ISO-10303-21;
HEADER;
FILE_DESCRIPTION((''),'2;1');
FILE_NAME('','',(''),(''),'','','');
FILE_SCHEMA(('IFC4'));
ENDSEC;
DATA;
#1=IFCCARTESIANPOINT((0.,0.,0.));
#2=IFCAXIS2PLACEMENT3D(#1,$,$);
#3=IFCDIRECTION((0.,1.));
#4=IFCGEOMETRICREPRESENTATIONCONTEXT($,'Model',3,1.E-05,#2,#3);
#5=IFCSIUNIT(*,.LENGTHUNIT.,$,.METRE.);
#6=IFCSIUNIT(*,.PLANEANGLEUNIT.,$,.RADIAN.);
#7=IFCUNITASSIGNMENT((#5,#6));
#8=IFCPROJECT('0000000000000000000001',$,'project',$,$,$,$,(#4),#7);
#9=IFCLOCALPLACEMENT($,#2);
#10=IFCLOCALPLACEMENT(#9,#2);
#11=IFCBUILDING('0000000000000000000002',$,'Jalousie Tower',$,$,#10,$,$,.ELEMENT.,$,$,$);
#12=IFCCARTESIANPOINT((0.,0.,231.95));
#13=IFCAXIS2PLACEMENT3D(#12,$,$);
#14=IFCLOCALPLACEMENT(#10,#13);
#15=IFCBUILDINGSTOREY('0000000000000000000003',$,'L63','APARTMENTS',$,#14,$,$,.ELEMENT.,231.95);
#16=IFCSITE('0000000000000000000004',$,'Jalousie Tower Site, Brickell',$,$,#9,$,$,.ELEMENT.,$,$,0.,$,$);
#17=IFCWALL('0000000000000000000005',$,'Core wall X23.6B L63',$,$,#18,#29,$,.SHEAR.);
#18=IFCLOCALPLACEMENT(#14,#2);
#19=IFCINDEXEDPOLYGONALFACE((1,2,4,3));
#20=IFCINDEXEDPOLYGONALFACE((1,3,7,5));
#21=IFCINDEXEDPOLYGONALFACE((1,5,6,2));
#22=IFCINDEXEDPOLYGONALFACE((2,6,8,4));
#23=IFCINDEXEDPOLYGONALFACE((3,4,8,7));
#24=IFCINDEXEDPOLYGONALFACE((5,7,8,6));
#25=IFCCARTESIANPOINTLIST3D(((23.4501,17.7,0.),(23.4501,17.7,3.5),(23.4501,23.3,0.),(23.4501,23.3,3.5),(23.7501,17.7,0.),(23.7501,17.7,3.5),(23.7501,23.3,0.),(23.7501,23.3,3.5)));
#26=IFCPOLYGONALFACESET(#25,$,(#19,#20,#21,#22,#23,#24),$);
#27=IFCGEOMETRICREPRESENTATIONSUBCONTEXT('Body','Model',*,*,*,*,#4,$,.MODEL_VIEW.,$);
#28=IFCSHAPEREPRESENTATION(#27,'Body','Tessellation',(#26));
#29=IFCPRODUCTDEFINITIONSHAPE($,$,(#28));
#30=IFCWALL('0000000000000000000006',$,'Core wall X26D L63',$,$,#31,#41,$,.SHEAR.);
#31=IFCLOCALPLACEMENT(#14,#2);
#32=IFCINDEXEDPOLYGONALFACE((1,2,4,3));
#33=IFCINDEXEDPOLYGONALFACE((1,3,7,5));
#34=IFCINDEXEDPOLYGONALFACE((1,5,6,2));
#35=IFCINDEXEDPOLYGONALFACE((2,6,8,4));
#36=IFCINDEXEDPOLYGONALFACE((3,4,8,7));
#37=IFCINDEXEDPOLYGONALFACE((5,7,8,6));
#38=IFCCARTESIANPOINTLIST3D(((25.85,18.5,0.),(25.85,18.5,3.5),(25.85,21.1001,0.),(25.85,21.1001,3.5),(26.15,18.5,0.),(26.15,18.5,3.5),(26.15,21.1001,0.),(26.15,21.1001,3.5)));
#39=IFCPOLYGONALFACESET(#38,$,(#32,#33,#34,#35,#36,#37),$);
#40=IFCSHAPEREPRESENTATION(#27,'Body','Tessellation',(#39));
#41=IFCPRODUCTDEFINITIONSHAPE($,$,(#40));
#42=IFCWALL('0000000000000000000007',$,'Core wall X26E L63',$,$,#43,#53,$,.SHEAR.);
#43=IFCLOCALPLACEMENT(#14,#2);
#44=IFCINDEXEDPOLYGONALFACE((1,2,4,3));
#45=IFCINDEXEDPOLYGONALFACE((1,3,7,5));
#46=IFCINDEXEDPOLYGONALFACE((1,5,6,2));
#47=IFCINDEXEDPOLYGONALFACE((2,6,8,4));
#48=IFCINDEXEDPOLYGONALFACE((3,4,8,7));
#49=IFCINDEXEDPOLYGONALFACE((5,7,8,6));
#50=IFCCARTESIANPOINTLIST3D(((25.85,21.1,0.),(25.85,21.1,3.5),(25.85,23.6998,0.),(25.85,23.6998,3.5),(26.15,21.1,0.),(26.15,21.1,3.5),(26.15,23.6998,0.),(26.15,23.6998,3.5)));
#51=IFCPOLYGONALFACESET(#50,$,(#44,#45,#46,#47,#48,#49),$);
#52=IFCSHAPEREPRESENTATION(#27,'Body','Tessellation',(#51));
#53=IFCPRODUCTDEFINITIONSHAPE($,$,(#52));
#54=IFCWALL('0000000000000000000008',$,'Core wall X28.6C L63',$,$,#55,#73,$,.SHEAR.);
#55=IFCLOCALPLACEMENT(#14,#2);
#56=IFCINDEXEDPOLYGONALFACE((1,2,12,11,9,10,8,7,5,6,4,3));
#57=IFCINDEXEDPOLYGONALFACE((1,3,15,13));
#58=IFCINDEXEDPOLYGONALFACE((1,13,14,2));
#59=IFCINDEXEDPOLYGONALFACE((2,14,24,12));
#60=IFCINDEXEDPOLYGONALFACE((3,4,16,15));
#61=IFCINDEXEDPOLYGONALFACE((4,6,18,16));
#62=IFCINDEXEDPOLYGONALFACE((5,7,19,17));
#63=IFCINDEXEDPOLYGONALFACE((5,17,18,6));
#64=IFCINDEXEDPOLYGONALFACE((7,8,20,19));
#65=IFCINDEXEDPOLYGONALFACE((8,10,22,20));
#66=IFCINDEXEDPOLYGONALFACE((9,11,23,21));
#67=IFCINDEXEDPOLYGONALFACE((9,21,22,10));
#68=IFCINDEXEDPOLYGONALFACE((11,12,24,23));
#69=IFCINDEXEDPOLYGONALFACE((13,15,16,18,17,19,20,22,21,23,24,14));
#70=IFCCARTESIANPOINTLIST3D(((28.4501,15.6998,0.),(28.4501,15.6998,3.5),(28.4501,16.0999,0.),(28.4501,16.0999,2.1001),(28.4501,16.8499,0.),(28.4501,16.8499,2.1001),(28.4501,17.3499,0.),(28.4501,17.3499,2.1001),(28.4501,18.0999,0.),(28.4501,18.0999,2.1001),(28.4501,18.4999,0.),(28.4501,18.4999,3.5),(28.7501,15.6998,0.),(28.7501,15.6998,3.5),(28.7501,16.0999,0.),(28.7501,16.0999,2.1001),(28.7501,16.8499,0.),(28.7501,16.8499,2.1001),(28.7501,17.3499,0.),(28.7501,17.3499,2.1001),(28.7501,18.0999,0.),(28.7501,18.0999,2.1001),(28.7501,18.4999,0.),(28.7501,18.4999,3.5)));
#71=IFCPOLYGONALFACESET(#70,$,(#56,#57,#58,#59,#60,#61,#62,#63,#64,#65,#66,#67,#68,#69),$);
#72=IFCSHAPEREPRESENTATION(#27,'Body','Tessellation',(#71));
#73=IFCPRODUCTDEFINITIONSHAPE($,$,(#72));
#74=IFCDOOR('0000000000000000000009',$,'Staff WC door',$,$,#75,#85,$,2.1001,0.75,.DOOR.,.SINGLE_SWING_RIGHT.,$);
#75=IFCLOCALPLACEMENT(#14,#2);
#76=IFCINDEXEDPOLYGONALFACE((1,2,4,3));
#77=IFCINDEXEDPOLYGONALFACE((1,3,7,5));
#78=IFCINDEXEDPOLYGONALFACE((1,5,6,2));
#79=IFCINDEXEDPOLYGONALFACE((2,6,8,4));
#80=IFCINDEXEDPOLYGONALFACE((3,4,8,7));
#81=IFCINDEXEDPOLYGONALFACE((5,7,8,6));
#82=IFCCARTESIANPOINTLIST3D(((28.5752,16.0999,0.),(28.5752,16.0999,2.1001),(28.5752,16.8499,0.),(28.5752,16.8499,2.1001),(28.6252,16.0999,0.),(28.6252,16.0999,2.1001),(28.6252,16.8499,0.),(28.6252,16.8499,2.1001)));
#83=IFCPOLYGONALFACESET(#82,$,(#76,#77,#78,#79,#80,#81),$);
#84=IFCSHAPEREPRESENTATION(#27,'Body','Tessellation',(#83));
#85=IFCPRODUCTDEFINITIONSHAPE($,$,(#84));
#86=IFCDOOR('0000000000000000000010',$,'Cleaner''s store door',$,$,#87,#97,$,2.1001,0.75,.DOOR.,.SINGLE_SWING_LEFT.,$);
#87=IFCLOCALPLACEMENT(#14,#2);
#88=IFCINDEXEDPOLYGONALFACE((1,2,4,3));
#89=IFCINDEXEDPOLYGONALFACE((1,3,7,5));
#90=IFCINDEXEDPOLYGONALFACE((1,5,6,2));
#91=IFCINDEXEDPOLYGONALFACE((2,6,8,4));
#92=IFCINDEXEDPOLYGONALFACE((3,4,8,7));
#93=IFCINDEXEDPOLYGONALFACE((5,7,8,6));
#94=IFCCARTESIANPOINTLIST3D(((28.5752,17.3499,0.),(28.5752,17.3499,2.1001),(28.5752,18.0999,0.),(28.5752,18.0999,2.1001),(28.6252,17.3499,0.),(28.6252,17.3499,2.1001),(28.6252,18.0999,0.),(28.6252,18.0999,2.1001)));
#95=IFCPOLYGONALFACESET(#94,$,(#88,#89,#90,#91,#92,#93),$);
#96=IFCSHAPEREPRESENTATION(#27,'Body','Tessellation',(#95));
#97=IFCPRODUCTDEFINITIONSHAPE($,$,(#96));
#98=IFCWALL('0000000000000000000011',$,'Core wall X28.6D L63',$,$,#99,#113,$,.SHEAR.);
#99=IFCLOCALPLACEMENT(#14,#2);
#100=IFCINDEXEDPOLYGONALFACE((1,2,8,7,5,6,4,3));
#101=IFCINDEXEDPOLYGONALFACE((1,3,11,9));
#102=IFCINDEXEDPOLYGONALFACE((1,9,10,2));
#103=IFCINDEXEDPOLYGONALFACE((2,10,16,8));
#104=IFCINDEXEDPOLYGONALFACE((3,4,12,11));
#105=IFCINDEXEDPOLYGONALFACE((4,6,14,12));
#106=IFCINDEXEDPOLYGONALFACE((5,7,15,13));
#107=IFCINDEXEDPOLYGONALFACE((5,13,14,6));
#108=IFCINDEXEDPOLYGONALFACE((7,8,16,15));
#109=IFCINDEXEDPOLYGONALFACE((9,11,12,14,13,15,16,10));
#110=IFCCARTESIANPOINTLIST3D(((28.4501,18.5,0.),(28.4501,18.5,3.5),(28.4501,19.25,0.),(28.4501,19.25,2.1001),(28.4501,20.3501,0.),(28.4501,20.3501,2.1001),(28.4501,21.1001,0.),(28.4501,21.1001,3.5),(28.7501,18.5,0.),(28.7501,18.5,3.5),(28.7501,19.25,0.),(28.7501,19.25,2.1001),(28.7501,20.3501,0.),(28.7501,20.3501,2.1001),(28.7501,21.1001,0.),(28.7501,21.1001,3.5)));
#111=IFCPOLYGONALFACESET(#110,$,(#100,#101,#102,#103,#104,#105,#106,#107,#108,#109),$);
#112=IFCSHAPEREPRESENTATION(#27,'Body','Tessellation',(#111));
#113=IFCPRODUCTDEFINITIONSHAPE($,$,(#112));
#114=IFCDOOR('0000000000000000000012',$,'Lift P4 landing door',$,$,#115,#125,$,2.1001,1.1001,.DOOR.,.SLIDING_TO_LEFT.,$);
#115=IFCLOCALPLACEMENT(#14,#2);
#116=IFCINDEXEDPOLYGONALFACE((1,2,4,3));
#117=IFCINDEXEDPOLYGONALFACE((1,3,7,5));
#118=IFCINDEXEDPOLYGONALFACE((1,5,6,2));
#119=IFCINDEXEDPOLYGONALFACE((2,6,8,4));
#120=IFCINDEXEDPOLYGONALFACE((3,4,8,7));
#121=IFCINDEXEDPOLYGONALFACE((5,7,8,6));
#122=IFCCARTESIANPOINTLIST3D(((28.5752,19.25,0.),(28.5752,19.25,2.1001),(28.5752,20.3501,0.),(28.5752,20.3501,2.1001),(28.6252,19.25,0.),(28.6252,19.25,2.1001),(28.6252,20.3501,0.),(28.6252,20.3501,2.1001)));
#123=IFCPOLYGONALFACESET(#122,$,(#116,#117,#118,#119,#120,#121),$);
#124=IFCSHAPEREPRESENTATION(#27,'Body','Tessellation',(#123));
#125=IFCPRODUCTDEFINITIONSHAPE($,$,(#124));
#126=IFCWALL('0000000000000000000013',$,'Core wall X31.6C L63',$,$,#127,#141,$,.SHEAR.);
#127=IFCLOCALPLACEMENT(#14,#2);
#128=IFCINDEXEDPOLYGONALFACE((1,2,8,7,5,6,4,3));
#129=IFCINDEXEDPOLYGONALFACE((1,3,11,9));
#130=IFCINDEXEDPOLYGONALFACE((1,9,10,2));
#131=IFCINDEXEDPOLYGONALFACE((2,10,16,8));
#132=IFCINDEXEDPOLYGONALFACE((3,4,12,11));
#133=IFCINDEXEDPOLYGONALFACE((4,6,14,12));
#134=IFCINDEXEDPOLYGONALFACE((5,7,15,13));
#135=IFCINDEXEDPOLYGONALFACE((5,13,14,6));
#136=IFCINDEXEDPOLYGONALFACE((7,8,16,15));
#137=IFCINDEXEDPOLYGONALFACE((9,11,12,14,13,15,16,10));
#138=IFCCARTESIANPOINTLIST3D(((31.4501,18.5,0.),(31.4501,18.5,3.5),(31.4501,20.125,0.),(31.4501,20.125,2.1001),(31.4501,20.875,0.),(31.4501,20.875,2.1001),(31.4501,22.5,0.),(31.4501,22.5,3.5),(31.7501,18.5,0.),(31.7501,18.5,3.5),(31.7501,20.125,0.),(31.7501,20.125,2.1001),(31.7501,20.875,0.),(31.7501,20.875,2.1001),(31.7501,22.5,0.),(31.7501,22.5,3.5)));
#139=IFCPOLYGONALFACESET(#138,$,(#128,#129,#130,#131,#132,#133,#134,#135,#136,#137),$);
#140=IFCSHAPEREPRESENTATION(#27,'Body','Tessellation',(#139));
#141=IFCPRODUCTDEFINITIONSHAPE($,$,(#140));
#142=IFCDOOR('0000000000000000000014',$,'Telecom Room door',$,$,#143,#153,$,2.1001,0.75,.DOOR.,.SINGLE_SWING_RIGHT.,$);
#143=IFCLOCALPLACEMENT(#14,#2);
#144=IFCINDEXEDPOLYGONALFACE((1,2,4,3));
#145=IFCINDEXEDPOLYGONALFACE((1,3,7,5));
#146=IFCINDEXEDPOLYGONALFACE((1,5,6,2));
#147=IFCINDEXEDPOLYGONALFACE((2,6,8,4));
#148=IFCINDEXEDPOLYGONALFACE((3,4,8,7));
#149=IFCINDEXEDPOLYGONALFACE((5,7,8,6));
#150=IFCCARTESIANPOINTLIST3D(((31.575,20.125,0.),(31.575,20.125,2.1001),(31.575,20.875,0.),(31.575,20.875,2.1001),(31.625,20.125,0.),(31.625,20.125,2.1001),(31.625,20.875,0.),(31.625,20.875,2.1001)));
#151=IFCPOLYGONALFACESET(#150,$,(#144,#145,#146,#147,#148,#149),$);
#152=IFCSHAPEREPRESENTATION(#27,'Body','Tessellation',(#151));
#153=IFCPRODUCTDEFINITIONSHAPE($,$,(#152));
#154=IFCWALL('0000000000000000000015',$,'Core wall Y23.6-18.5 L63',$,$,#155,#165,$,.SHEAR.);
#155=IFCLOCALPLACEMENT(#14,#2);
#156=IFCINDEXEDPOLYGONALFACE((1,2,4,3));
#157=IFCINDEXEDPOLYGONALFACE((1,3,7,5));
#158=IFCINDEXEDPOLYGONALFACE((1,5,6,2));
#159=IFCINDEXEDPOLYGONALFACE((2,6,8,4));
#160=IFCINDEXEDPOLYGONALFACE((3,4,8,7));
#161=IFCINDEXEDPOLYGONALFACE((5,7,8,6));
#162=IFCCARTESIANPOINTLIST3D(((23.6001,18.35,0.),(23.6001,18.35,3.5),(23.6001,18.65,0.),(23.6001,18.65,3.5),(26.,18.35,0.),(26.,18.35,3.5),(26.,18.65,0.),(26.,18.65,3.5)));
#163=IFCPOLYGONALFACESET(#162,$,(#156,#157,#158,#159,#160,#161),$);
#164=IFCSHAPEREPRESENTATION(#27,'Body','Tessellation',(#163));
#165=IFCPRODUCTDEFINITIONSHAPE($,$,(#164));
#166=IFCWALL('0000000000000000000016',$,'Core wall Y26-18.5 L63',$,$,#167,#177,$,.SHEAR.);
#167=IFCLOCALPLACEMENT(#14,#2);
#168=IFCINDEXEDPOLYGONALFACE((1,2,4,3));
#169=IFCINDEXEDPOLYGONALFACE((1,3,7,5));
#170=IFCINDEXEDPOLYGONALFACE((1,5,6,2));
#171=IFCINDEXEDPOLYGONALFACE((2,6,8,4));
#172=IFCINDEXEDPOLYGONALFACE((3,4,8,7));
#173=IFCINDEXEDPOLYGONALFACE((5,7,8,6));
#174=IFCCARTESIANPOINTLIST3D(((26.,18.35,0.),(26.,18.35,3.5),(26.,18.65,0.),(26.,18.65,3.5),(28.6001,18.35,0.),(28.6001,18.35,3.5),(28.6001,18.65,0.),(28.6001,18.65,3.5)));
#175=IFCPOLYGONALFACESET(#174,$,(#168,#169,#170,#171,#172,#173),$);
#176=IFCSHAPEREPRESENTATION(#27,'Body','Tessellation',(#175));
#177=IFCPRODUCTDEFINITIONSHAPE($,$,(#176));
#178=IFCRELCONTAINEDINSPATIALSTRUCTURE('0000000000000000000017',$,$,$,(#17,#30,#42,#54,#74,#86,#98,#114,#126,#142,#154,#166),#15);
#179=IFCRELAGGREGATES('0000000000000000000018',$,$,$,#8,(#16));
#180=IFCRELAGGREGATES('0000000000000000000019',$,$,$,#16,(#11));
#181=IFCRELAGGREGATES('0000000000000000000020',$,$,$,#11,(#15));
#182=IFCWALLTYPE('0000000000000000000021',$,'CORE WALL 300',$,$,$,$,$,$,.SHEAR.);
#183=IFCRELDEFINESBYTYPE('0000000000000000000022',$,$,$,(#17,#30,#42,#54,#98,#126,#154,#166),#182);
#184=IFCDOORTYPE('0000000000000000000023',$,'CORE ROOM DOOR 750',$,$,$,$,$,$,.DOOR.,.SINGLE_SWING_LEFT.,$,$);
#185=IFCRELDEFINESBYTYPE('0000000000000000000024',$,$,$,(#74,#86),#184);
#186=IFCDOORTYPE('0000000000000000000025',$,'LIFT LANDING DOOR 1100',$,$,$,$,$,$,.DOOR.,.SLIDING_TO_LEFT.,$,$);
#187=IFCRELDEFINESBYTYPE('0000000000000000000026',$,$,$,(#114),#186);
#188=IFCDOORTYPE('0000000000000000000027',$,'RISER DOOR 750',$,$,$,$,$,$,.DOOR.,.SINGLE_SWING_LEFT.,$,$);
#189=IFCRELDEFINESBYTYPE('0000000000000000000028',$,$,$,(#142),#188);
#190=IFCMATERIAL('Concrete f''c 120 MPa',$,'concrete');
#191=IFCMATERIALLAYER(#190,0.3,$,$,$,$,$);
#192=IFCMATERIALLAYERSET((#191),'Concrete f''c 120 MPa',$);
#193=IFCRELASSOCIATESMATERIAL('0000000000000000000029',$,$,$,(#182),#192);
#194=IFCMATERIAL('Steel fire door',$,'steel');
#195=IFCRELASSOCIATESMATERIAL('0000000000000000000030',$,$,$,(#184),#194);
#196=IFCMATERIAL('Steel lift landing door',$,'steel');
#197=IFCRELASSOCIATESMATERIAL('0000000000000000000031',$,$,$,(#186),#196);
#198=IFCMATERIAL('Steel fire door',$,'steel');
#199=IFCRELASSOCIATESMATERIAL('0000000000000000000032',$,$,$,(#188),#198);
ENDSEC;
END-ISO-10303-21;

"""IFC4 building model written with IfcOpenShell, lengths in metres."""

from ifc_helpers import new_model, si_unit, direction, frame, frame_2d, origin, place, context, subcontext, project, spatial, rectangle, extrude, material, layer, layer_set, type_object, element, fill, save


model = new_model("IFC4")

# Units and contexts
model_context = context("Model", 3, precision=1e-05, world=origin(), true_north=direction((0.0, 1.0)))
body_context = subcontext(model_context, "Body", "Model", "MODEL_VIEW")
ifc_project = project(units=[si_unit("LENGTHUNIT", "METRE"), si_unit("PLANEANGLEUNIT", "RADIAN")], contexts=[model_context])

# Site, building, storey
site_placement = place(None, origin())
site = spatial("IfcSite", under=ifc_project, at=site_placement, Name="Jalousie Tower Site, Brickell", CompositionType="ELEMENT", RefElevation=0.0)
building_placement = place(site_placement, origin())
building = spatial("IfcBuilding", under=site, at=building_placement, Name="Jalousie Tower", CompositionType="ELEMENT")
storey_placement = place(building_placement, frame((0.0, 0.0, 231.95)))
storey = spatial("IfcBuildingStorey", under=building, at=storey_placement, Name="L63", Description="APARTMENTS", CompositionType="ELEMENT", Elevation=231.95)

# Walls
ifc_material_1 = material(Name="Concrete f'c 120 MPa", Category="concrete")
ifc_layer = layer(ifc_material_1, 0.3)
ifc_layer_set = layer_set([ifc_layer], Name="Concrete f'c 120 MPa")
wall_type_1 = type_object("IfcWallType", Name="CORE WALL 300", PredefinedType="SHEAR", material=ifc_layer_set)
wall_1_placement = place(storey_placement, frame((23.6001, 17.7, 0.0), z_axis=(0.0, 0.0, 1.0), x_axis=(0.0, 1.0, 0.0)))
element("IfcWall", 1, at=wall_1_placement, inside=storey, type_object=wall_type_1, Name="Core wall X23.6B L63", PredefinedType="SHEAR", context=body_context, shape_type="SweptSolid", body=[
    extrude(rectangle(XDim=5.6001, YDim=0.3, at=frame_2d((2.8, 0.0))), origin(), (0.0, 0.0, 1.0), 3.5),
])
wall_2_placement = place(storey_placement, frame((26.0, 18.5, 0.0), z_axis=(0.0, 0.0, 1.0), x_axis=(0.0, 1.0, 0.0)))
element("IfcWall", 2, at=wall_2_placement, inside=storey, type_object=wall_type_1, Name="Core wall X26D L63", PredefinedType="SHEAR", context=body_context, shape_type="SweptSolid", body=[
    extrude(rectangle(XDim=2.6001, YDim=0.3, at=frame_2d((1.3, 0.0))), origin(), (0.0, 0.0, 1.0), 3.5),
])
wall_3_placement = place(storey_placement, frame((26.0, 21.1001, 0.0), z_axis=(0.0, 0.0, 1.0), x_axis=(0.0, 1.0, 0.0)))
element("IfcWall", 3, at=wall_3_placement, inside=storey, type_object=wall_type_1, Name="Core wall X26E L63", PredefinedType="SHEAR", context=body_context, shape_type="SweptSolid", body=[
    extrude(rectangle(XDim=2.5999, YDim=0.3, at=frame_2d((1.2998, 0.0))), origin(), (0.0, 0.0, 1.0), 3.5),
])

# Wall, openings, doors
wall_4_placement = place(storey_placement, frame((28.6001, 15.7, 0.0), z_axis=(0.0, 0.0, 1.0), x_axis=(0.0, 1.0, 0.0)))
wall_4 = element("IfcWall", 4, at=wall_4_placement, inside=storey, type_object=wall_type_1, Name="Core wall X28.6C L63", PredefinedType="SHEAR", context=body_context, shape_type="SweptSolid", body=[
    extrude(rectangle(XDim=2.8, YDim=0.3, at=frame_2d((1.3999, 0.0))), origin(), (0.0, 0.0, 1.0), 3.5),
])
opening_1_placement = place(wall_4_placement, frame((0.3999, 0.0, 0.0)))
opening_1 = element("IfcOpeningElement", 5, at=opening_1_placement, cuts=wall_4, PredefinedType="OPENING", context=body_context, shape_type="SweptSolid", body=[
    extrude(rectangle(XDim=0.75, YDim=2.1001, at=frame_2d((0.375, 1.05))), frame((0.0, 0.1599, 0.0), z_axis=(0.0, -1.0, 0.0), x_axis=(1.0, 0.0, 0.0)), (0.0, 0.0, 1.0), 0.3201),
])
opening_2_placement = place(wall_4_placement, frame((1.6499, 0.0, 0.0)))
opening_2 = element("IfcOpeningElement", 6, at=opening_2_placement, cuts=wall_4, PredefinedType="OPENING", context=body_context, shape_type="SweptSolid", body=[
    extrude(rectangle(XDim=0.75, YDim=2.1001, at=frame_2d((0.375, 1.05))), frame((0.0, 0.1599, 0.0), z_axis=(0.0, -1.0, 0.0), x_axis=(1.0, 0.0, 0.0)), (0.0, 0.0, 1.0), 0.3201),
])
ifc_material_2 = material(Name="Steel fire door", Category="steel")
door_type_1 = type_object("IfcDoorType", Name="CORE ROOM DOOR 750", OperationType="SINGLE_SWING_LEFT", PredefinedType="DOOR", material=ifc_material_2)
door_1_placement = place(opening_1_placement, origin())
door_1 = element("IfcDoor", 7, at=door_1_placement, inside=storey, type_object=door_type_1, Name="Staff WC door", OperationType="SINGLE_SWING_RIGHT", OverallHeight=2.1001, OverallWidth=0.75, PredefinedType="DOOR", context=body_context, shape_type="SweptSolid", body=[
    extrude(rectangle(XDim=0.75, YDim=2.1001, at=frame_2d((0.375, 1.05))), frame((0.0, 0.0249, 0.0), z_axis=(0.0, -1.0, 0.0), x_axis=(1.0, 0.0, 0.0)), (0.0, 0.0, 1.0), 0.05),
])
fill(opening_1, door_1)
door_2_placement = place(opening_2_placement, origin())
door_2 = element("IfcDoor", 8, at=door_2_placement, inside=storey, type_object=door_type_1, Name="Cleaner's store door", OperationType="SINGLE_SWING_LEFT", OverallHeight=2.1001, OverallWidth=0.75, PredefinedType="DOOR", context=body_context, shape_type="SweptSolid", body=[
    extrude(rectangle(XDim=0.75, YDim=2.1001, at=frame_2d((0.375, 1.05))), frame((0.0, 0.0249, 0.0), z_axis=(0.0, -1.0, 0.0), x_axis=(1.0, 0.0, 0.0)), (0.0, 0.0, 1.0), 0.05),
])
fill(opening_2, door_2)

# Walls, openings, doors
wall_5_placement = place(storey_placement, frame((28.6001, 18.5, 0.0), z_axis=(0.0, 0.0, 1.0), x_axis=(0.0, 1.0, 0.0)))
wall_5 = element("IfcWall", 9, at=wall_5_placement, inside=storey, type_object=wall_type_1, Name="Core wall X28.6D L63", PredefinedType="SHEAR", context=body_context, shape_type="SweptSolid", body=[
    extrude(rectangle(XDim=2.6001, YDim=0.3, at=frame_2d((1.3, 0.0))), origin(), (0.0, 0.0, 1.0), 3.5),
])
opening_3_placement = place(wall_5_placement, frame((0.75, 0.0, 0.0)))
opening_3 = element("IfcOpeningElement", 10, at=opening_3_placement, cuts=wall_5, PredefinedType="OPENING", context=body_context, shape_type="SweptSolid", body=[
    extrude(rectangle(XDim=1.1001, YDim=2.1001, at=frame_2d((0.55, 1.05))), frame((0.0, 0.1599, 0.0), z_axis=(0.0, -1.0, 0.0), x_axis=(1.0, 0.0, 0.0)), (0.0, 0.0, 1.0), 0.3201),
])
ifc_material_3 = material(Name="Steel lift landing door", Category="steel")
door_type_2 = type_object("IfcDoorType", Name="LIFT LANDING DOOR 1100", OperationType="SLIDING_TO_LEFT", PredefinedType="DOOR", material=ifc_material_3)
door_3_placement = place(opening_3_placement, origin())
door_3 = element("IfcDoor", 11, at=door_3_placement, inside=storey, type_object=door_type_2, Name="Lift P4 landing door", OperationType="SLIDING_TO_LEFT", OverallHeight=2.1001, OverallWidth=1.1001, PredefinedType="DOOR", context=body_context, shape_type="SweptSolid", body=[
    extrude(rectangle(XDim=1.1001, YDim=2.1001, at=frame_2d((0.55, 1.05))), frame((0.0, 0.0249, 0.0), z_axis=(0.0, -1.0, 0.0), x_axis=(1.0, 0.0, 0.0)), (0.0, 0.0, 1.0), 0.05),
])
fill(opening_3, door_3)
wall_6_placement = place(storey_placement, frame((31.6001, 18.5, 0.0), z_axis=(0.0, 0.0, 1.0), x_axis=(0.0, 1.0, 0.0)))
wall_6 = element("IfcWall", 12, at=wall_6_placement, inside=storey, type_object=wall_type_1, Name="Core wall X31.6C L63", PredefinedType="SHEAR", context=body_context, shape_type="SweptSolid", body=[
    extrude(rectangle(XDim=4.0, YDim=0.3, at=frame_2d((2.0, 0.0))), origin(), (0.0, 0.0, 1.0), 3.5),
])
opening_4_placement = place(wall_6_placement, frame((1.625, 0.0, 0.0)))
opening_4 = element("IfcOpeningElement", 13, at=opening_4_placement, cuts=wall_6, PredefinedType="OPENING", context=body_context, shape_type="SweptSolid", body=[
    extrude(rectangle(XDim=0.75, YDim=2.1001, at=frame_2d((0.375, 1.05))), frame((0.0, 0.1599, 0.0), z_axis=(0.0, -1.0, 0.0), x_axis=(1.0, 0.0, 0.0)), (0.0, 0.0, 1.0), 0.3201),
])
ifc_material_4 = material(Name="Steel fire door", Category="steel")
door_type_3 = type_object("IfcDoorType", Name="RISER DOOR 750", OperationType="SINGLE_SWING_LEFT", PredefinedType="DOOR", material=ifc_material_4)
door_4_placement = place(opening_4_placement, frame((0.75, 0.0, 0.0), z_axis=(0.0, 0.0, 1.0), x_axis=(-1.0, 0.0, 0.0)))
door_4 = element("IfcDoor", 14, at=door_4_placement, inside=storey, type_object=door_type_3, Name="Telecom Room door", OperationType="SINGLE_SWING_RIGHT", OverallHeight=2.1001, OverallWidth=0.75, PredefinedType="DOOR", context=body_context, shape_type="SweptSolid", body=[
    extrude(rectangle(XDim=0.75, YDim=2.1001, at=frame_2d((0.375, 1.05))), frame((0.0, 0.0249, 0.0), z_axis=(0.0, -1.0, 0.0), x_axis=(1.0, 0.0, 0.0)), (0.0, 0.0, 1.0), 0.05),
])
fill(opening_4, door_4)

# Walls
wall_7_placement = place(storey_placement, frame((23.6001, 18.5, 0.0), z_axis=(0.0, 0.0, 1.0), x_axis=(1.0, 0.0, 0.0)))
element("IfcWall", 15, at=wall_7_placement, inside=storey, type_object=wall_type_1, Name="Core wall Y23.6-18.5 L63", PredefinedType="SHEAR", context=body_context, shape_type="SweptSolid", body=[
    extrude(rectangle(XDim=2.3999, YDim=0.3, at=frame_2d((1.2, 0.0))), origin(), (0.0, 0.0, 1.0), 3.5),
])
for number, where, z_axis, x_axis, name in (
    (16, (26.0, 18.5, 0.0), (0.0, 0.0, 1.0), (1.0, 0.0, 0.0), "Core wall Y26-18.5 L63"),
):
    element("IfcWall", number, at=place(storey_placement, frame(where, z_axis=z_axis, x_axis=x_axis)), inside=storey, type_object=wall_type_1, Name=name, PredefinedType="SHEAR", context=body_context, shape_type="SweptSolid", body=[
        extrude(rectangle(XDim=2.6001, YDim=0.3, at=frame_2d((1.3, 0.0))), origin(), (0.0, 0.0, 1.0), 3.5),
    ])

save(model, "model.ifc")
